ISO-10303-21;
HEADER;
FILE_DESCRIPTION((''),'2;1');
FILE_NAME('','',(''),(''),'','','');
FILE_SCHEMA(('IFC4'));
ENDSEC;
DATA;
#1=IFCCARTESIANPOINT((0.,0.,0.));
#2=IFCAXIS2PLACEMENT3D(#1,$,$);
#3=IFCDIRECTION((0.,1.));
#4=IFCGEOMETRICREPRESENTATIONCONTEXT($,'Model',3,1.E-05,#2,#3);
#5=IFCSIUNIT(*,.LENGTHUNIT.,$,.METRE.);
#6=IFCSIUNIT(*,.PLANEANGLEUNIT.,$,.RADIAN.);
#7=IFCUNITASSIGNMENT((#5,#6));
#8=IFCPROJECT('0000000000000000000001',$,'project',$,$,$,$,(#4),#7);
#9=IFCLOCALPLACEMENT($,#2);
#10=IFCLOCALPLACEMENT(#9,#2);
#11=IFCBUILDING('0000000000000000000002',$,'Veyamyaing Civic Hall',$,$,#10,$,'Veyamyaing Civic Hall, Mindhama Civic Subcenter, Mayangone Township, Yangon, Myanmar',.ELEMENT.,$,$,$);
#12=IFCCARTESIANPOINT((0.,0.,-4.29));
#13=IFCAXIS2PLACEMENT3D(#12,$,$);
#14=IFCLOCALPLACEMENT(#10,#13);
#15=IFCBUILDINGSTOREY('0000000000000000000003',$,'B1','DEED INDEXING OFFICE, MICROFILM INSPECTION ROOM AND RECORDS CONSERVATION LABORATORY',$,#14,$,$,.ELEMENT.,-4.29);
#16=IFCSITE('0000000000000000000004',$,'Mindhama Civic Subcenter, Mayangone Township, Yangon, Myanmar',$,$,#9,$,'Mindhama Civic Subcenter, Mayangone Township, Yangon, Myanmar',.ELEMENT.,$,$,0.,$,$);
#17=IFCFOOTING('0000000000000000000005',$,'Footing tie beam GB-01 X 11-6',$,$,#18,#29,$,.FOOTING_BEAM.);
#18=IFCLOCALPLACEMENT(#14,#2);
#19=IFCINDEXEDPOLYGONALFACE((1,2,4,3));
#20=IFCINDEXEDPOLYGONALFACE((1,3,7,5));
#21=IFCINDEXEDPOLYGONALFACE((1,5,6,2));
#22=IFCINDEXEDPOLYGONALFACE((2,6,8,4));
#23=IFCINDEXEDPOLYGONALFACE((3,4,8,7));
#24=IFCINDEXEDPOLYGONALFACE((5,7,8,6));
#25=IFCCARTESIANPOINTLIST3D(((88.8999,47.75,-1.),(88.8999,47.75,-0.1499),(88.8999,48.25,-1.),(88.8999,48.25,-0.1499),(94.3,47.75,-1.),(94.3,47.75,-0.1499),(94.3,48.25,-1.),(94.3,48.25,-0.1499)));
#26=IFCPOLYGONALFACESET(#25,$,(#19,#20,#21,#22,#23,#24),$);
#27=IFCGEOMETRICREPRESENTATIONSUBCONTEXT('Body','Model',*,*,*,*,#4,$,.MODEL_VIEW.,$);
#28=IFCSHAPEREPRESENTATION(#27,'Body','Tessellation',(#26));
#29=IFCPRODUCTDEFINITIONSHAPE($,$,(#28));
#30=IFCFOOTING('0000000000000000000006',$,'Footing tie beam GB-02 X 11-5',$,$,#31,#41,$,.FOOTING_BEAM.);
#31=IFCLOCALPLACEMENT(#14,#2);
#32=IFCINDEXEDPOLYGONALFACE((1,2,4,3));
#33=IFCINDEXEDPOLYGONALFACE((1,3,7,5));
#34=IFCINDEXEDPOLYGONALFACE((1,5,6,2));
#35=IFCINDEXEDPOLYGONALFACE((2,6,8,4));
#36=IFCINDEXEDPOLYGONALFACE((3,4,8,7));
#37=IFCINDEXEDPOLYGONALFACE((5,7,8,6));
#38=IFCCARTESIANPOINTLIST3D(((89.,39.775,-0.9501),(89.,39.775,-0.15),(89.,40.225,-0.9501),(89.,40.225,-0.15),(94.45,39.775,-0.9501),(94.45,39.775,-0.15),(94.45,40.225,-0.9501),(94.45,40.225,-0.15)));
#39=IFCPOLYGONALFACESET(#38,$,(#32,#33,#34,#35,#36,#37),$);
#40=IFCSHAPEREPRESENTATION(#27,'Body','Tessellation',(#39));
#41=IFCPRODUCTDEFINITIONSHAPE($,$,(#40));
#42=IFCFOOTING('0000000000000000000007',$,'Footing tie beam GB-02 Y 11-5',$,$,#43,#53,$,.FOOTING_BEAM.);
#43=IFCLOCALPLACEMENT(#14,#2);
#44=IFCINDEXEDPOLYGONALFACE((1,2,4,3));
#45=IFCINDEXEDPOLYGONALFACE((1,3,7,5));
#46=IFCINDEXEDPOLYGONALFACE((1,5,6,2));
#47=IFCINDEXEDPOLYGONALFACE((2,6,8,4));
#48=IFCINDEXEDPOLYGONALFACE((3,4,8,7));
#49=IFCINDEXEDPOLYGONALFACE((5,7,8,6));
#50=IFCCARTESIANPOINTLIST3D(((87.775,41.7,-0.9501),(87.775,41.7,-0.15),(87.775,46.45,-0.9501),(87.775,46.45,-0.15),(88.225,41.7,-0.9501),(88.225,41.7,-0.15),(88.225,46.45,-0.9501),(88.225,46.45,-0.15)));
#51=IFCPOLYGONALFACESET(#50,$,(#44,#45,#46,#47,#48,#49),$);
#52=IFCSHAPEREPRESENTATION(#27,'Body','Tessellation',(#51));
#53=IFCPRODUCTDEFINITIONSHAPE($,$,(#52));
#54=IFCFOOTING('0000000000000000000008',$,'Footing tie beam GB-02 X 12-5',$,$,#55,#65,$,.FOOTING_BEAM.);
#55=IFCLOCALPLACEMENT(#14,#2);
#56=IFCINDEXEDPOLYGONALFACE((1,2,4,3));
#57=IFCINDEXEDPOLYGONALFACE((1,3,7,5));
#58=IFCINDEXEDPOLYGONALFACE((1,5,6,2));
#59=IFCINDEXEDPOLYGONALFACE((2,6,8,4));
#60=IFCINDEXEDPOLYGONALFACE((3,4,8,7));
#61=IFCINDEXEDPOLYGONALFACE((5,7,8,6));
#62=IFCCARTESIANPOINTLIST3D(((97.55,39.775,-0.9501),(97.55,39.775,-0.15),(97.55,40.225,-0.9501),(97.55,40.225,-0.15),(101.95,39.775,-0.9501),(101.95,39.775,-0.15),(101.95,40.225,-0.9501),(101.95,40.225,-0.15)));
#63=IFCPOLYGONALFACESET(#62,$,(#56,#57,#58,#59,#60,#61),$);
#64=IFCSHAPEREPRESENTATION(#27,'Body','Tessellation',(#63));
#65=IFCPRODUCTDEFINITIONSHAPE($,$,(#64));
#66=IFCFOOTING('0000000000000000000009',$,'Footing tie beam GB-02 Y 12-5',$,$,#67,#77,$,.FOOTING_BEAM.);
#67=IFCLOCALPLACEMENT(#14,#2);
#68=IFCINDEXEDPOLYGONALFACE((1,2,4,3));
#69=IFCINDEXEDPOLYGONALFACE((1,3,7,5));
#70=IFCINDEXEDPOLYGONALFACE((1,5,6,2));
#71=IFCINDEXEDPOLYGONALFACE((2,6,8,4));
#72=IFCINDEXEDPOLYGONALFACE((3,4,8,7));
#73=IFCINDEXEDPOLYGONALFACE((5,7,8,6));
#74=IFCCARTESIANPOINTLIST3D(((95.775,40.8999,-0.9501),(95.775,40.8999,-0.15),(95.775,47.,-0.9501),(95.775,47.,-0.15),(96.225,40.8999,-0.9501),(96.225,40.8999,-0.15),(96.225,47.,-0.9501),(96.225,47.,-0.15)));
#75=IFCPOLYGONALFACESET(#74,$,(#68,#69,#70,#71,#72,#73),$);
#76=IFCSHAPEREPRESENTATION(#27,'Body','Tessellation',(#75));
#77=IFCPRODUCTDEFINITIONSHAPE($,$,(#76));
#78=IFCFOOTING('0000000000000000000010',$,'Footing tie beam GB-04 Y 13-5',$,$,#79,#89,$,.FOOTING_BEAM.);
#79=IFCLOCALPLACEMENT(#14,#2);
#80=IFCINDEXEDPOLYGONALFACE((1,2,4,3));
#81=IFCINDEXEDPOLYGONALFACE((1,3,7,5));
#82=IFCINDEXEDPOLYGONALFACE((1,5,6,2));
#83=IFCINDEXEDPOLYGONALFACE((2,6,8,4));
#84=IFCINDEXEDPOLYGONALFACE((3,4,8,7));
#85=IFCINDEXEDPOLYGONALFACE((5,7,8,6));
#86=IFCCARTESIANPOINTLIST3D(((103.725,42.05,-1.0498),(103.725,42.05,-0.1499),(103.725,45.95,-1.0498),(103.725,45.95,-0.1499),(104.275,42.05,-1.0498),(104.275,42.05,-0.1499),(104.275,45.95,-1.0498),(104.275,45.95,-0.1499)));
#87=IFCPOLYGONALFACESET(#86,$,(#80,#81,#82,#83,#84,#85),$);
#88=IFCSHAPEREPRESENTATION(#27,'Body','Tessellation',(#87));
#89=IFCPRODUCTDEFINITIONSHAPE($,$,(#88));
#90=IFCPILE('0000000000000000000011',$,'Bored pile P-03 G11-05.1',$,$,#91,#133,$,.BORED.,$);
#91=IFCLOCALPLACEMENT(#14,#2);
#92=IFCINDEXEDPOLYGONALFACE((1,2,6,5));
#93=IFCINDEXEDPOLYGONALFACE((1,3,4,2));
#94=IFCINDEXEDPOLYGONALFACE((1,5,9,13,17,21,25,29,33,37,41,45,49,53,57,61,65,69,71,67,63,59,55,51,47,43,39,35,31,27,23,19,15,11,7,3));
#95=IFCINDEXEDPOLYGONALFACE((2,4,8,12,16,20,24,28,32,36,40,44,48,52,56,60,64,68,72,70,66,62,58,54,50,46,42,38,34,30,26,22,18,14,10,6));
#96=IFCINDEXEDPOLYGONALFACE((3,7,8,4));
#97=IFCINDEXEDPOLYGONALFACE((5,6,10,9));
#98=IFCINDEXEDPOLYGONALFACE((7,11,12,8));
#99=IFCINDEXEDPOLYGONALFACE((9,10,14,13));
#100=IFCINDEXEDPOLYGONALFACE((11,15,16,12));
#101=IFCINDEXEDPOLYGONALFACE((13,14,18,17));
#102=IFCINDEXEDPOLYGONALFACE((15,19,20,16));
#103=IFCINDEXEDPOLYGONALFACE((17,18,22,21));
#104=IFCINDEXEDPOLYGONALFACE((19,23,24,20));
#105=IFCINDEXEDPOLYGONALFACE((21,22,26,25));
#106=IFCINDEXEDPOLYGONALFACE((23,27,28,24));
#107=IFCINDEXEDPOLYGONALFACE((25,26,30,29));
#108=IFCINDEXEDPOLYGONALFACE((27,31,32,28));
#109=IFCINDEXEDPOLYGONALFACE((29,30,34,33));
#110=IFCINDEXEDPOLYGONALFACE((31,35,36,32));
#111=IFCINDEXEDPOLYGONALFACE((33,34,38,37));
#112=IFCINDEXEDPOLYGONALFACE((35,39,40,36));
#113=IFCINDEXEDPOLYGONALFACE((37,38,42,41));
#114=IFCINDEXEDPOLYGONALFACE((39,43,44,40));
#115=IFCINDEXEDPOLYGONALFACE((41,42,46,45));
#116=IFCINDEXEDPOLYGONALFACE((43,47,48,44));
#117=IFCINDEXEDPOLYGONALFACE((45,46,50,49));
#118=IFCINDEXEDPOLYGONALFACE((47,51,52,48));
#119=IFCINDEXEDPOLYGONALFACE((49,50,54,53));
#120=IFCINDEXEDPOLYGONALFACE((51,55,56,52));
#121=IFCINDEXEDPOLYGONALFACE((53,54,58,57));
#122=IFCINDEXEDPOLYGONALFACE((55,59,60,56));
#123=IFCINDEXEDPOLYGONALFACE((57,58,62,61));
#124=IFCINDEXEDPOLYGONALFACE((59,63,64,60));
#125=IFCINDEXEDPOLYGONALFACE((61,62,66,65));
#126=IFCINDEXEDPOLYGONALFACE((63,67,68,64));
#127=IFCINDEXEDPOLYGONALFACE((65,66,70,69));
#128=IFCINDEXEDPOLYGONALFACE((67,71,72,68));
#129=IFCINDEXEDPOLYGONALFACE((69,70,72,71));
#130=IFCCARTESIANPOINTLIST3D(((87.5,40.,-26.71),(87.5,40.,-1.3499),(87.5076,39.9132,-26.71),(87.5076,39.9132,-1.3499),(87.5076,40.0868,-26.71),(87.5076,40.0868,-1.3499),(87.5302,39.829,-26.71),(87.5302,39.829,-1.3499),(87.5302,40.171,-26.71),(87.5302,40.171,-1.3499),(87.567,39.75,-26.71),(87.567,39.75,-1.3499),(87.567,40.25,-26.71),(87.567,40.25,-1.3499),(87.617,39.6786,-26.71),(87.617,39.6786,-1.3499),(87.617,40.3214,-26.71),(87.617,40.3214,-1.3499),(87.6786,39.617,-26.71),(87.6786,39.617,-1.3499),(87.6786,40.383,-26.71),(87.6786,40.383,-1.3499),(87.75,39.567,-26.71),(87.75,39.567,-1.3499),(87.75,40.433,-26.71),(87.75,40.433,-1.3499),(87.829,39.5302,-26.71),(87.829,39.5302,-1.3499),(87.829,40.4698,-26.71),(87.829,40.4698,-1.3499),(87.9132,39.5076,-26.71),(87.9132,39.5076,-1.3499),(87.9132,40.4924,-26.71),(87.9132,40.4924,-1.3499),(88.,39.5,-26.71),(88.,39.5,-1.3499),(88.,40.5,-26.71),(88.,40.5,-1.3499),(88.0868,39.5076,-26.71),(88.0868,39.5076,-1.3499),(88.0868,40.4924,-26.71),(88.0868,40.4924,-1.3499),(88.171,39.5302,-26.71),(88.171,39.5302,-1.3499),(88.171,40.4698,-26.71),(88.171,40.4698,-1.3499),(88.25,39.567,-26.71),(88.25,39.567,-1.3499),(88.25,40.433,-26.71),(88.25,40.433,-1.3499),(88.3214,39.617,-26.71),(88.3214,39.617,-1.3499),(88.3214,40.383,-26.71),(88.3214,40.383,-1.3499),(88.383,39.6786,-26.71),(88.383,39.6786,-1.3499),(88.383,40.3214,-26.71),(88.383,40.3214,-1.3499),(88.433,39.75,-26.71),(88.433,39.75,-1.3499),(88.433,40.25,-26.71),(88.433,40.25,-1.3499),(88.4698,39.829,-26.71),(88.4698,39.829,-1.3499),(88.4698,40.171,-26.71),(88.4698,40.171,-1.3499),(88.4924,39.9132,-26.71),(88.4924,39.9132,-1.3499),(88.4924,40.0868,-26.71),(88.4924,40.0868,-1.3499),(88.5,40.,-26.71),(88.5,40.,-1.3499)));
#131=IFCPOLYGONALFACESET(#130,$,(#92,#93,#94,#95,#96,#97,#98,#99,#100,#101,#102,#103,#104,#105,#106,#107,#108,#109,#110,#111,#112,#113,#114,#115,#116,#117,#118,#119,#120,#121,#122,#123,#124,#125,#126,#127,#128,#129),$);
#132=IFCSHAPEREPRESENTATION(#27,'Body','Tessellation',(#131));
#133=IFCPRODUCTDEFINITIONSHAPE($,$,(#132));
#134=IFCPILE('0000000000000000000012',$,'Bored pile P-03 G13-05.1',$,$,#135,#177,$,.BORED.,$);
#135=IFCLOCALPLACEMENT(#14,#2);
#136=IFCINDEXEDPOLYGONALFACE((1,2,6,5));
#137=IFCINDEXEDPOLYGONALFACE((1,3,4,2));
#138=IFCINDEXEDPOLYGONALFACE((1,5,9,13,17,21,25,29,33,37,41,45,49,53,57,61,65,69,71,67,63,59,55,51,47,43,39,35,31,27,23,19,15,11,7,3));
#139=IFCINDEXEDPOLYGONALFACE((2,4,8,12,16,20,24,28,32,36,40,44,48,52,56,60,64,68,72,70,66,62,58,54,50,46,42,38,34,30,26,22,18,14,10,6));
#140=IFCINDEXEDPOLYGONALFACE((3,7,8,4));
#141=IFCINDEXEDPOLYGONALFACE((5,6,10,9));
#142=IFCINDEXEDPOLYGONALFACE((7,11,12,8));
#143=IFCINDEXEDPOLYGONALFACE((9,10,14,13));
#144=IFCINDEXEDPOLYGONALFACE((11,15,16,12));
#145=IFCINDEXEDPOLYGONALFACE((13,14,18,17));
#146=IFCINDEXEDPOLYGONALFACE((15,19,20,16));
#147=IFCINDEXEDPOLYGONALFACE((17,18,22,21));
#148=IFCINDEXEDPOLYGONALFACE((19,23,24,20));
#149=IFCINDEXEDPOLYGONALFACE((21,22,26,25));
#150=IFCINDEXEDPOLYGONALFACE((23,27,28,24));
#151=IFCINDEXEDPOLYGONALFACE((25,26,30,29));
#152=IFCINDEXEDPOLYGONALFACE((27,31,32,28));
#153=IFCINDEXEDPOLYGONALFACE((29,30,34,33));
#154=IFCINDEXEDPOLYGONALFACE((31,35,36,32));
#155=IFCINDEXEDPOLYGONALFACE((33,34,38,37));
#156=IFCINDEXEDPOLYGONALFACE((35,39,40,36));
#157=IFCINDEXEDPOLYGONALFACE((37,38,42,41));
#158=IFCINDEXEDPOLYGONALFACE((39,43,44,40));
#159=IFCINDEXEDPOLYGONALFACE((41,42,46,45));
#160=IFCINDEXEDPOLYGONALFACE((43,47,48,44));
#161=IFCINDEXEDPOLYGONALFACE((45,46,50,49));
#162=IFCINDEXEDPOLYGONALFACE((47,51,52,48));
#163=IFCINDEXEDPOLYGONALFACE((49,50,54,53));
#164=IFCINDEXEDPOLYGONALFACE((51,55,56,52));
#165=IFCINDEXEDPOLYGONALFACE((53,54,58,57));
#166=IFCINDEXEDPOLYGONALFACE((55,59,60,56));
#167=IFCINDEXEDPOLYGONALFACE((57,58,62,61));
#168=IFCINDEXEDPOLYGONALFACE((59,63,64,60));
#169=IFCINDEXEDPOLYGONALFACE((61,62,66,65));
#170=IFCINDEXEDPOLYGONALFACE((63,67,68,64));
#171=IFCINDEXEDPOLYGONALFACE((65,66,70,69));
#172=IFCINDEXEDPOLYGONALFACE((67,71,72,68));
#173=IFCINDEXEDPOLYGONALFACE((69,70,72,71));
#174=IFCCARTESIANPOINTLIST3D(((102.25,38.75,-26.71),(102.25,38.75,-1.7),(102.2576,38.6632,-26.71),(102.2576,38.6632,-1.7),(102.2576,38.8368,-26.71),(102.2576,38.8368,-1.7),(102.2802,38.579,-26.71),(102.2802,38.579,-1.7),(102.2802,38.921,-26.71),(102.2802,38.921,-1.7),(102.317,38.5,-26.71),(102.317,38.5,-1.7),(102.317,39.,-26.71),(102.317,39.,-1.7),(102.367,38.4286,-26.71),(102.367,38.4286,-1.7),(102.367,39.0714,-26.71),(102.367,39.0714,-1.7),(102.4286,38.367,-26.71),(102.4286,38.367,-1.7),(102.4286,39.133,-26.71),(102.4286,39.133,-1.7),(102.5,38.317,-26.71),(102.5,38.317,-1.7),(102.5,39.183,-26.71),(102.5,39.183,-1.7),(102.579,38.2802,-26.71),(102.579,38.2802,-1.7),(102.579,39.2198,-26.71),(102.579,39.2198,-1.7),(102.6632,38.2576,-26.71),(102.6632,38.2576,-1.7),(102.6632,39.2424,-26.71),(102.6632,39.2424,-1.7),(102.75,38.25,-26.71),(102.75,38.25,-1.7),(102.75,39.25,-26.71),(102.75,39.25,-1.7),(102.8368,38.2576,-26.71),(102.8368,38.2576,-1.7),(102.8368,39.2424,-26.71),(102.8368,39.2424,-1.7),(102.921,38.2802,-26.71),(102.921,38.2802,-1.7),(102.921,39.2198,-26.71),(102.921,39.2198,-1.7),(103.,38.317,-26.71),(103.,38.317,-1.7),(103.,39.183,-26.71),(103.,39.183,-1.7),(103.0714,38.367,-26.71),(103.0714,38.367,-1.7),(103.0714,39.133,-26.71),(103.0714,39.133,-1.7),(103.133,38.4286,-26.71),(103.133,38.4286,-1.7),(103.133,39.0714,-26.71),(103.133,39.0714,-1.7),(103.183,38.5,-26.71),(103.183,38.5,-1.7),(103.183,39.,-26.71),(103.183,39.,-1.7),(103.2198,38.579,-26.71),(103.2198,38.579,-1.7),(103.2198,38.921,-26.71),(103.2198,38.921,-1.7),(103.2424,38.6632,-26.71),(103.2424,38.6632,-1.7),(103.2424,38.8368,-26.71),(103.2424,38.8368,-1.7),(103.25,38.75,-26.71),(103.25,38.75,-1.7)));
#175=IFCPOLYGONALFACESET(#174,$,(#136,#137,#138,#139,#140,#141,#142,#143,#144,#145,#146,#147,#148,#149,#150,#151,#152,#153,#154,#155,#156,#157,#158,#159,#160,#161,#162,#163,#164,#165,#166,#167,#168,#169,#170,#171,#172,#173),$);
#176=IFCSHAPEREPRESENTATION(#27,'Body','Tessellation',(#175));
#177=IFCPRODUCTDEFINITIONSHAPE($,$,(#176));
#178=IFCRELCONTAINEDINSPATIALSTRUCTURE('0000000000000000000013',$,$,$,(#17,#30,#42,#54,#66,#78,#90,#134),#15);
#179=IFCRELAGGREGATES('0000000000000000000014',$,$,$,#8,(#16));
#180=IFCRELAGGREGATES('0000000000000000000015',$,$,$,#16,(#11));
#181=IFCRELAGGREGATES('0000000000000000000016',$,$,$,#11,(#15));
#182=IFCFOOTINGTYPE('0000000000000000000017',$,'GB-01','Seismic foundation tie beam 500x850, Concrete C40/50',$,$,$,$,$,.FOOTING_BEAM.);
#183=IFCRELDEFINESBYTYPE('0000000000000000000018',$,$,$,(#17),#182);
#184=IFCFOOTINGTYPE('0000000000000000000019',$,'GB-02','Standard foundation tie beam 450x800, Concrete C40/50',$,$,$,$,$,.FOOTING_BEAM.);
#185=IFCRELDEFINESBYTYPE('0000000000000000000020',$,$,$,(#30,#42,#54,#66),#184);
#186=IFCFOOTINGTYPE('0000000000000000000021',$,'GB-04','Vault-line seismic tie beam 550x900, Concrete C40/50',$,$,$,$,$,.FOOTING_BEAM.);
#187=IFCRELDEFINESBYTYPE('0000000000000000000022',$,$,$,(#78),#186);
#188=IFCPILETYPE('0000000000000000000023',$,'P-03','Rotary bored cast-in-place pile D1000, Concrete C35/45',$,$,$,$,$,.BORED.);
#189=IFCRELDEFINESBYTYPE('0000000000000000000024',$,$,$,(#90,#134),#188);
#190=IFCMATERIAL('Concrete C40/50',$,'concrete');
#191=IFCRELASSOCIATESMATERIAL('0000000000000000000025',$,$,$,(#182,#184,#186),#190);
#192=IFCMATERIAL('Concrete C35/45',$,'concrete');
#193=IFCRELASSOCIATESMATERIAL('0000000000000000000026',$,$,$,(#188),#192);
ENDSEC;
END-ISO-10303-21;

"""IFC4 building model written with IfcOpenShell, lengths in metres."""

from ifc_helpers import new_model, si_unit, direction, frame, origin, origin_2d, place, context, subcontext, project, spatial, rectangle, circle, extrude, material, material_profile, profile_set, type_object, element, save


model = new_model("IFC4")

# Units and contexts
model_context = context("Model", 3, precision=1e-05, world=origin(), true_north=direction((0.0, 1.0)))
body_context = subcontext(model_context, "Body", "Model", "MODEL_VIEW")
ifc_project = project(units=[si_unit("LENGTHUNIT", "METRE"), si_unit("PLANEANGLEUNIT", "RADIAN")], contexts=[model_context])

# Site, building, storey
site_placement = place(None, origin())
site = spatial("IfcSite", under=ifc_project, at=site_placement, Name="Mindhama Civic Subcenter, Mayangone Township, Yangon, Myanmar", LongName="Mindhama Civic Subcenter, Mayangone Township, Yangon, Myanmar", CompositionType="ELEMENT", RefElevation=0.0)
building_placement = place(site_placement, origin())
building = spatial("IfcBuilding", under=site, at=building_placement, Name="Veyamyaing Civic Hall", LongName="Veyamyaing Civic Hall, Mindhama Civic Subcenter, Mayangone Township, Yangon, Myanmar", CompositionType="ELEMENT")
storey_placement = place(building_placement, frame((0.0, 0.0, -4.29)))
storey = spatial("IfcBuildingStorey", under=building, at=storey_placement, Name="B1", Description="DEED INDEXING OFFICE, MICROFILM INSPECTION ROOM AND RECORDS CONSERVATION LABORATORY", CompositionType="ELEMENT", Elevation=-4.29)

# Footings
ifc_material_1 = material(Name="Concrete C40/50", Category="concrete")
ifc_material_profile_1 = material_profile(ifc_material_1, rectangle(XDim=0.5, YDim=0.8501, at=origin_2d()), Name="GB-500X850")
ifc_profile_set_1 = profile_set([ifc_material_profile_1], Name="Concrete C40/50")
footing_type_1 = type_object("IfcFootingType", Name="GB-01", Description="Seismic foundation tie beam 500x850, Concrete C40/50", PredefinedType="FOOTING_BEAM", material=ifc_profile_set_1)
footing_1_placement = place(storey_placement, frame((88.8999, 48.0, -0.575), z_axis=(1.0, 0.0, 0.0), x_axis=(0.0, 1.0, 0.0)))
element("IfcFooting", 1, at=footing_1_placement, inside=storey, type_object=footing_type_1, Name="Footing tie beam GB-01 X 11-6", PredefinedType="FOOTING_BEAM", context=body_context, shape_type="SweptSolid", body=[
    extrude(rectangle(XDim=0.5, YDim=0.8501, at=origin_2d()), origin(), (0.0, 0.0, 1.0), 5.4001),
])
ifc_material_profile_2 = material_profile(ifc_material_1, rectangle(XDim=0.45, YDim=0.8, at=origin_2d()), Name="GB-450X800")
ifc_profile_set_2 = profile_set([ifc_material_profile_2], Name="Concrete C40/50")
footing_type_2 = type_object("IfcFootingType", Name="GB-02", Description="Standard foundation tie beam 450x800, Concrete C40/50", PredefinedType="FOOTING_BEAM", material=ifc_profile_set_2)
footing_2_placement = place(storey_placement, frame((89.0, 40.0, -0.55), z_axis=(1.0, 0.0, 0.0), x_axis=(0.0, 1.0, 0.0)))
element("IfcFooting", 2, at=footing_2_placement, inside=storey, type_object=footing_type_2, Name="Footing tie beam GB-02 X 11-5", PredefinedType="FOOTING_BEAM", context=body_context, shape_type="SweptSolid", body=[
    extrude(rectangle(XDim=0.45, YDim=0.8, at=origin_2d()), origin(), (0.0, 0.0, 1.0), 5.45),
])
footing_3_placement = place(storey_placement, frame((88.0, 41.7, -0.55), z_axis=(0.0, 1.0, 0.0), x_axis=(-1.0, 0.0, 0.0)))
element("IfcFooting", 3, at=footing_3_placement, inside=storey, type_object=footing_type_2, Name="Footing tie beam GB-02 Y 11-5", PredefinedType="FOOTING_BEAM", context=body_context, shape_type="SweptSolid", body=[
    extrude(rectangle(XDim=0.45, YDim=0.8, at=origin_2d()), origin(), (0.0, 0.0, 1.0), 4.75),
])
footing_4_placement = place(storey_placement, frame((97.55, 40.0, -0.55), z_axis=(1.0, 0.0, 0.0), x_axis=(0.0, 1.0, 0.0)))
element("IfcFooting", 4, at=footing_4_placement, inside=storey, type_object=footing_type_2, Name="Footing tie beam GB-02 X 12-5", PredefinedType="FOOTING_BEAM", context=body_context, shape_type="SweptSolid", body=[
    extrude(rectangle(XDim=0.45, YDim=0.8, at=origin_2d()), origin(), (0.0, 0.0, 1.0), 4.3999),
])
footing_5_placement = place(storey_placement, frame((96.0, 40.8999, -0.55), z_axis=(0.0, 1.0, 0.0), x_axis=(-1.0, 0.0, 0.0)))
element("IfcFooting", 5, at=footing_5_placement, inside=storey, type_object=footing_type_2, Name="Footing tie beam GB-02 Y 12-5", PredefinedType="FOOTING_BEAM", context=body_context, shape_type="SweptSolid", body=[
    extrude(rectangle(XDim=0.45, YDim=0.8, at=origin_2d()), origin(), (0.0, 0.0, 1.0), 6.1001),
])
ifc_material_profile_3 = material_profile(ifc_material_1, rectangle(XDim=0.55, YDim=0.8999, at=origin_2d()), Name="GB-550X900")
ifc_profile_set_3 = profile_set([ifc_material_profile_3], Name="Concrete C40/50")
footing_type_3 = type_object("IfcFootingType", Name="GB-04", Description="Vault-line seismic tie beam 550x900, Concrete C40/50", PredefinedType="FOOTING_BEAM", material=ifc_profile_set_3)
footing_6_placement = place(storey_placement, frame((104.0, 42.05, -0.5999), z_axis=(0.0, 1.0, 0.0), x_axis=(-1.0, 0.0, 0.0)))
element("IfcFooting", 6, at=footing_6_placement, inside=storey, type_object=footing_type_3, Name="Footing tie beam GB-04 Y 13-5", PredefinedType="FOOTING_BEAM", context=body_context, shape_type="SweptSolid", body=[
    extrude(rectangle(XDim=0.55, YDim=0.8999, at=origin_2d()), origin(), (0.0, 0.0, 1.0), 3.8999),
])

# Piles
ifc_material_2 = material(Name="Concrete C35/45", Category="concrete")
ifc_material_profile_4 = material_profile(ifc_material_2, circle(Radius=0.5, at=origin_2d()), Name="PILE-D1000")
ifc_profile_set_4 = profile_set([ifc_material_profile_4], Name="Concrete C35/45")
pile_type_1 = type_object("IfcPileType", Name="P-03", Description="Rotary bored cast-in-place pile D1000, Concrete C35/45", PredefinedType="BORED", material=ifc_profile_set_4)
pile_1_placement = place(storey_placement, frame((88.0, 40.0, -1.3499), z_axis=(0.0, 0.0, -1.0), x_axis=(1.0, 0.0, 0.0)))
element("IfcPile", 7, at=pile_1_placement, inside=storey, type_object=pile_type_1, Name="Bored pile P-03 G11-05.1", PredefinedType="BORED", context=body_context, shape_type="SweptSolid", body=[
    extrude(circle(Radius=0.5, at=origin_2d()), origin(), (0.0, 0.0, 1.0), 25.3601),
])
for number, where, z_axis, x_axis, name in (
    (8, (102.75, 38.75, -1.7), (0.0, 0.0, -1.0), (1.0, 0.0, 0.0), "Bored pile P-03 G13-05.1"),
):
    element("IfcPile", number, at=place(storey_placement, frame(where, z_axis=z_axis, x_axis=x_axis)), inside=storey, type_object=pile_type_1, Name=name, PredefinedType="BORED", context=body_context, shape_type="SweptSolid", body=[
        extrude(circle(Radius=0.5, at=origin_2d()), origin(), (0.0, 0.0, 1.0), 25.01),
    ])

save(model, "model.ifc")
